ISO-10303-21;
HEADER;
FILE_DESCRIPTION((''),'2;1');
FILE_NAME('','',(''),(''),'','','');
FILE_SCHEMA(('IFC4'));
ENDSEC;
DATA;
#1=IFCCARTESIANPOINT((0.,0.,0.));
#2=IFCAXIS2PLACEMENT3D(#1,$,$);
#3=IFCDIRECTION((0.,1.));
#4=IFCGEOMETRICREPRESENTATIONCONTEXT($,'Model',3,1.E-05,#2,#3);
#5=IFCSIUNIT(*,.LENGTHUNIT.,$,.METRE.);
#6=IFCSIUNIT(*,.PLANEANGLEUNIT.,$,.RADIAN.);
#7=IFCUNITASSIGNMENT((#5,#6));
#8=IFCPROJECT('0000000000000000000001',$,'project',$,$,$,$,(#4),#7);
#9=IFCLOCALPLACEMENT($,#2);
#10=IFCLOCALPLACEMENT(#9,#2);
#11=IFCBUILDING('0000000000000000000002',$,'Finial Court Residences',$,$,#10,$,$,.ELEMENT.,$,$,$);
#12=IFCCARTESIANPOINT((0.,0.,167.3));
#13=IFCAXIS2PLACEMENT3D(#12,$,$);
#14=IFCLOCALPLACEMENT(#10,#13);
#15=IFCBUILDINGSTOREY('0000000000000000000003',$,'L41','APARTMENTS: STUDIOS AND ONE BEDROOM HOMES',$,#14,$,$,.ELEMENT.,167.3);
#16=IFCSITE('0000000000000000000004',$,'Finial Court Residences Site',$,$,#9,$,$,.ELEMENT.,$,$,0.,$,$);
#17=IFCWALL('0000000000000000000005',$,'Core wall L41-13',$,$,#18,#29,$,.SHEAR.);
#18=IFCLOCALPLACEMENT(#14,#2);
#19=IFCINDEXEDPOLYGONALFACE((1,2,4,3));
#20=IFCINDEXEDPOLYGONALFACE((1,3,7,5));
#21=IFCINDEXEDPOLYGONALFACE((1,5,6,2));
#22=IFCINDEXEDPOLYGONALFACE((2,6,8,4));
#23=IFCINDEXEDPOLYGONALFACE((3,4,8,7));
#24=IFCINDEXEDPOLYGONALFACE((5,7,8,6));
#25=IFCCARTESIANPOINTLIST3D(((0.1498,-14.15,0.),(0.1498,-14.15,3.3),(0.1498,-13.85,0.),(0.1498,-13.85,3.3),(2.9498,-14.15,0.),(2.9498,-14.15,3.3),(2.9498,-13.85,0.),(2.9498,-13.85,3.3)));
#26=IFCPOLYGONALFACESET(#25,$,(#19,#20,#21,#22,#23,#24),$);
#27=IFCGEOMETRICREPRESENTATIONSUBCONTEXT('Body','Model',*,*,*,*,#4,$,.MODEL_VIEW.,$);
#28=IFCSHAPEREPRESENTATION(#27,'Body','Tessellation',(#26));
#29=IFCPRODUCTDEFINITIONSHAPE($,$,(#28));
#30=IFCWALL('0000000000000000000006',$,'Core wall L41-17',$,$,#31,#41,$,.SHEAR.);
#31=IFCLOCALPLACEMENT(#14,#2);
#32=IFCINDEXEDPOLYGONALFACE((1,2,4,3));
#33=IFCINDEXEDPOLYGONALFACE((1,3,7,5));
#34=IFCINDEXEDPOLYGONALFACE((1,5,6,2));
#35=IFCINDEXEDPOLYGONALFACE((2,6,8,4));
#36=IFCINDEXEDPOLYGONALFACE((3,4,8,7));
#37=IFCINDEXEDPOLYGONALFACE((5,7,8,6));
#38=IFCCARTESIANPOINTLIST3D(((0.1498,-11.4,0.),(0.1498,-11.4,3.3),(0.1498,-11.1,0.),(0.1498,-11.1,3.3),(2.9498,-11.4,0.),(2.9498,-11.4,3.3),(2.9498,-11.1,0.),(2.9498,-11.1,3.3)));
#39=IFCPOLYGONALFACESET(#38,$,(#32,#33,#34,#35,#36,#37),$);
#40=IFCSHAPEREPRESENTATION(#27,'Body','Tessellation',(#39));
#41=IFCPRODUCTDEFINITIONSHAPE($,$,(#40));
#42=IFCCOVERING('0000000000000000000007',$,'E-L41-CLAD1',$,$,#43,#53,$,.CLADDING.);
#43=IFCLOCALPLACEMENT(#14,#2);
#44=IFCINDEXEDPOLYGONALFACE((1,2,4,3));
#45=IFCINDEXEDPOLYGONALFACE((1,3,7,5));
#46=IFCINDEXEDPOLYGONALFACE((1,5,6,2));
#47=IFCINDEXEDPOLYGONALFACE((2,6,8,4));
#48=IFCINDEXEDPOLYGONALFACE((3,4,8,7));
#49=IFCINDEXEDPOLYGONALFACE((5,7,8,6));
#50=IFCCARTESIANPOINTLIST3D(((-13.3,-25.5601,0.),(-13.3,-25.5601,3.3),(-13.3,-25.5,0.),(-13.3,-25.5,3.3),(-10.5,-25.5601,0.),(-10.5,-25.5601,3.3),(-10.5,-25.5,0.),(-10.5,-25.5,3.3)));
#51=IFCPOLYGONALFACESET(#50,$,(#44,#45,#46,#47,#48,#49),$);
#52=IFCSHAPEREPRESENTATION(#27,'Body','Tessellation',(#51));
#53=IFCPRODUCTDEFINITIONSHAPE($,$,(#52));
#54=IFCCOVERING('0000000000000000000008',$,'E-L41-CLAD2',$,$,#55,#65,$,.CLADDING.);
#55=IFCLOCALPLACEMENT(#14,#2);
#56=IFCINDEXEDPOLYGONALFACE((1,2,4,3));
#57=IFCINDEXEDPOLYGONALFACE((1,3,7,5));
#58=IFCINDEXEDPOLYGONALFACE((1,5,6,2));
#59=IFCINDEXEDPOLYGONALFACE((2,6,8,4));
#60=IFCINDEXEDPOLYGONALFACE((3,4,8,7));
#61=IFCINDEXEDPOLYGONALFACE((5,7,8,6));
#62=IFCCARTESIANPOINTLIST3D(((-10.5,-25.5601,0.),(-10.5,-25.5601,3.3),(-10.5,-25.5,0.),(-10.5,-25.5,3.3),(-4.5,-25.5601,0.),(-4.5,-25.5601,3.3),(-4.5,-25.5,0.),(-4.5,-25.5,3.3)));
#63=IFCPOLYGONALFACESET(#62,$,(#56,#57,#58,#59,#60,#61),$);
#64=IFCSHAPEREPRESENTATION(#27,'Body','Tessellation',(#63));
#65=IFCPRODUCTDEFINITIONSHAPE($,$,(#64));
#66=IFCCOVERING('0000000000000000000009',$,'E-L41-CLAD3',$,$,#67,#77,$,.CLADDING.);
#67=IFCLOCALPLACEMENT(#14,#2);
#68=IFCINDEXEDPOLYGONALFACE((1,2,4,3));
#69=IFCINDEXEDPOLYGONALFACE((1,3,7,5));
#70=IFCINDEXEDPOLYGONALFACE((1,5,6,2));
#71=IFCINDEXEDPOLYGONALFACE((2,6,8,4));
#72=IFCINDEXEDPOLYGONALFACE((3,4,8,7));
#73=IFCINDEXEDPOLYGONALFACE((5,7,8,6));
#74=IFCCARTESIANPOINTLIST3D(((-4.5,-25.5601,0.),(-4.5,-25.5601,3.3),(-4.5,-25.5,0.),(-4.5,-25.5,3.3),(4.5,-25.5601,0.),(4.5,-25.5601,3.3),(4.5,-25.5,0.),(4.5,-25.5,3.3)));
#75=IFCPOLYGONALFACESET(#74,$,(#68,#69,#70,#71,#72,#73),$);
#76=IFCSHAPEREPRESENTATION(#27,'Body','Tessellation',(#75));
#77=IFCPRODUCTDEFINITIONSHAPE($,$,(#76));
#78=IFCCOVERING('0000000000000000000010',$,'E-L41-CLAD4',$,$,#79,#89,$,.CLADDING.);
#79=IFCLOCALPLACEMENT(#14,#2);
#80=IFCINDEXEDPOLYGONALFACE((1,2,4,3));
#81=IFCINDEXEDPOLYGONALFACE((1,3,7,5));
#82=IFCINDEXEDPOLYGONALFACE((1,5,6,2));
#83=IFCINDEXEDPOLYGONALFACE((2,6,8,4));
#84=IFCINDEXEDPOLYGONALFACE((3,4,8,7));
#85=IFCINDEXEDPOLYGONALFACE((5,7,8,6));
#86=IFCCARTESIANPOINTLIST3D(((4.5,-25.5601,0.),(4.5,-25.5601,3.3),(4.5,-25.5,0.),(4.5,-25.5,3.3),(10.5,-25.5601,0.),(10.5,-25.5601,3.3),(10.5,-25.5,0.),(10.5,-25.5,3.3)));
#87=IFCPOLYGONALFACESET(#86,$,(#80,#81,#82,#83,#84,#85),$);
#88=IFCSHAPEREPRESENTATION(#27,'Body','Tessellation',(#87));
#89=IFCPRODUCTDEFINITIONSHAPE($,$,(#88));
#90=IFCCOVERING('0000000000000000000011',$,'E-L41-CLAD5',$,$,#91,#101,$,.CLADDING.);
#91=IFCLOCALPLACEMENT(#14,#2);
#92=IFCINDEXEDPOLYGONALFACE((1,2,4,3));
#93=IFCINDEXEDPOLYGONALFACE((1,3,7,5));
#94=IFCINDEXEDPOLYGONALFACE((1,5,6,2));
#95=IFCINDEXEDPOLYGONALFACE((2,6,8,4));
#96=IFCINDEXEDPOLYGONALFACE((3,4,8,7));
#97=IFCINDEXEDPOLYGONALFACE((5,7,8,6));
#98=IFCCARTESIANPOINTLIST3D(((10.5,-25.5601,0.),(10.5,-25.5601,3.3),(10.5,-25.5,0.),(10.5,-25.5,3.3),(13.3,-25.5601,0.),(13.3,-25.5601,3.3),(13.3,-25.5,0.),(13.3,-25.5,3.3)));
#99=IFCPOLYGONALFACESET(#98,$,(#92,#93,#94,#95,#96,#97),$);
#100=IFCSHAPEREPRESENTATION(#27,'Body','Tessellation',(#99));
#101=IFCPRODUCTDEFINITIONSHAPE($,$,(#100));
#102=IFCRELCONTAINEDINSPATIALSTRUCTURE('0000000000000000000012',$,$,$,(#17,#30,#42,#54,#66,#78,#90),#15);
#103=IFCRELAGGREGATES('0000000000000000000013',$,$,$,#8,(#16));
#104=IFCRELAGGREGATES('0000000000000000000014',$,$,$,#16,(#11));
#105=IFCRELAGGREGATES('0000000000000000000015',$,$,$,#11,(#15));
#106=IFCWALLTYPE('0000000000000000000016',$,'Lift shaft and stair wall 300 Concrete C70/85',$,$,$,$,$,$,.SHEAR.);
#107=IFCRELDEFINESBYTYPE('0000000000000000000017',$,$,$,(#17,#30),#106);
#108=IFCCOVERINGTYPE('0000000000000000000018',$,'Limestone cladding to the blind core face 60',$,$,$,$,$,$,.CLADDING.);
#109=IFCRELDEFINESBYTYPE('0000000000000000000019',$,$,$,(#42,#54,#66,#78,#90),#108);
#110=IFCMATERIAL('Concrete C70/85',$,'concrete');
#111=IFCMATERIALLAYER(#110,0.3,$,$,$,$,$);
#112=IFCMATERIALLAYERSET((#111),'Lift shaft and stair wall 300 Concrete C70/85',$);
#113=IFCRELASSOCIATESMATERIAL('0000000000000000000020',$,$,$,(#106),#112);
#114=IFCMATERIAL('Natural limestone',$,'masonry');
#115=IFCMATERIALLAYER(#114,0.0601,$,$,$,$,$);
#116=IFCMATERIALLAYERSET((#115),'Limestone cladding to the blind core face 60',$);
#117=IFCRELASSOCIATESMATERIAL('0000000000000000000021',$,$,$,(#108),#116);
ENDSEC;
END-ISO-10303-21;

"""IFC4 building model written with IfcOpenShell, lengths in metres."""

from ifc_helpers import new_model, si_unit, direction, frame, frame_2d, origin, place, context, subcontext, project, spatial, polyline, rectangle, outline, extrude, material, layer, layer_set, type_object, element, save


model = new_model("IFC4")

# Units and contexts
model_context = context("Model", 3, precision=1e-05, world=origin(), true_north=direction((0.0, 1.0)))
body_context = subcontext(model_context, "Body", "Model", "MODEL_VIEW")
ifc_project = project(units=[si_unit("LENGTHUNIT", "METRE"), si_unit("PLANEANGLEUNIT", "RADIAN")], contexts=[model_context])

# Site, building, storey
site_placement = place(None, origin())
site = spatial("IfcSite", under=ifc_project, at=site_placement, Name="Finial Court Residences Site", CompositionType="ELEMENT", RefElevation=0.0)
building_placement = place(site_placement, origin())
building = spatial("IfcBuilding", under=site, at=building_placement, Name="Finial Court Residences", CompositionType="ELEMENT")
storey_placement = place(building_placement, frame((0.0, 0.0, 167.3)))
storey = spatial("IfcBuildingStorey", under=building, at=storey_placement, Name="L41", Description="APARTMENTS: STUDIOS AND ONE BEDROOM HOMES", CompositionType="ELEMENT", Elevation=167.3)

# Walls
ifc_material_1 = material(Name="Concrete C70/85", Category="concrete")
ifc_layer_1 = layer(ifc_material_1, 0.3)
ifc_layer_set_1 = layer_set([ifc_layer_1], Name="Lift shaft and stair wall 300 Concrete C70/85")
wall_type_1 = type_object("IfcWallType", Name="Lift shaft and stair wall 300 Concrete C70/85", PredefinedType="SHEAR", material=ifc_layer_set_1)
for number, where, z_axis, x_axis, name in (
    (1, (0.1499, -14.0, 0.0), (0.0, 0.0, 1.0), (1.0, 0.0, 0.0), "Core wall L41-13"),
    (2, (0.1499, -11.25, 0.0), (0.0, 0.0, 1.0), (1.0, 0.0, 0.0), "Core wall L41-17"),
):
    element("IfcWall", number, at=place(storey_placement, frame(where, z_axis=z_axis, x_axis=x_axis)), inside=storey, type_object=wall_type_1, Name=name, PredefinedType="SHEAR", context=body_context, shape_type="SweptSolid", body=[
        extrude(rectangle(XDim=2.8, YDim=0.3, at=frame_2d((1.3999, 0.0))), origin(), (0.0, 0.0, 1.0), 3.3),
    ])

# Coverings
ifc_material_2 = material(Name="Natural limestone", Category="masonry")
ifc_layer_2 = layer(ifc_material_2, 0.0601)
ifc_layer_set_2 = layer_set([ifc_layer_2], Name="Limestone cladding to the blind core face 60")
covering_type = type_object("IfcCoveringType", Name="Limestone cladding to the blind core face 60", PredefinedType="CLADDING", material=ifc_layer_set_2)
covering_1_placement = place(storey_placement, origin())
element("IfcCovering", 3, at=covering_1_placement, inside=storey, type_object=covering_type, Name="E-L41-CLAD1", PredefinedType="CLADDING", context=body_context, shape_type="SweptSolid", body=[
    extrude(outline(polyline([(-10.5, -25.5601), (-10.5, -25.5), (-13.3, -25.5), (-13.3, -25.5601), (-10.5, -25.5601)])), origin(), (0.0, 0.0, 1.0), 3.3),
])
covering_2_placement = place(storey_placement, origin())
element("IfcCovering", 4, at=covering_2_placement, inside=storey, type_object=covering_type, Name="E-L41-CLAD2", PredefinedType="CLADDING", context=body_context, shape_type="SweptSolid", body=[
    extrude(outline(polyline([(-4.5, -25.5601), (-4.5, -25.5), (-10.5, -25.5), (-10.5, -25.5601), (-4.5, -25.5601)])), origin(), (0.0, 0.0, 1.0), 3.3),
])
covering_3_placement = place(storey_placement, origin())
element("IfcCovering", 5, at=covering_3_placement, inside=storey, type_object=covering_type, Name="E-L41-CLAD3", PredefinedType="CLADDING", context=body_context, shape_type="SweptSolid", body=[
    extrude(outline(polyline([(4.5, -25.5601), (4.5, -25.5), (-4.5, -25.5), (-4.5, -25.5601), (4.5, -25.5601)])), origin(), (0.0, 0.0, 1.0), 3.3),
])
covering_4_placement = place(storey_placement, origin())
element("IfcCovering", 6, at=covering_4_placement, inside=storey, type_object=covering_type, Name="E-L41-CLAD4", PredefinedType="CLADDING", context=body_context, shape_type="SweptSolid", body=[
    extrude(outline(polyline([(10.5, -25.5601), (10.5, -25.5), (4.5, -25.5), (4.5, -25.5601), (10.5, -25.5601)])), origin(), (0.0, 0.0, 1.0), 3.3),
])
covering_5_placement = place(storey_placement, origin())
element("IfcCovering", 7, at=covering_5_placement, inside=storey, type_object=covering_type, Name="E-L41-CLAD5", PredefinedType="CLADDING", context=body_context, shape_type="SweptSolid", body=[
    extrude(outline(polyline([(13.3, -25.5601), (13.3, -25.5), (10.5, -25.5), (10.5, -25.5601), (13.3, -25.5601)])), origin(), (0.0, 0.0, 1.0), 3.3),
])

save(model, "model.ifc")
